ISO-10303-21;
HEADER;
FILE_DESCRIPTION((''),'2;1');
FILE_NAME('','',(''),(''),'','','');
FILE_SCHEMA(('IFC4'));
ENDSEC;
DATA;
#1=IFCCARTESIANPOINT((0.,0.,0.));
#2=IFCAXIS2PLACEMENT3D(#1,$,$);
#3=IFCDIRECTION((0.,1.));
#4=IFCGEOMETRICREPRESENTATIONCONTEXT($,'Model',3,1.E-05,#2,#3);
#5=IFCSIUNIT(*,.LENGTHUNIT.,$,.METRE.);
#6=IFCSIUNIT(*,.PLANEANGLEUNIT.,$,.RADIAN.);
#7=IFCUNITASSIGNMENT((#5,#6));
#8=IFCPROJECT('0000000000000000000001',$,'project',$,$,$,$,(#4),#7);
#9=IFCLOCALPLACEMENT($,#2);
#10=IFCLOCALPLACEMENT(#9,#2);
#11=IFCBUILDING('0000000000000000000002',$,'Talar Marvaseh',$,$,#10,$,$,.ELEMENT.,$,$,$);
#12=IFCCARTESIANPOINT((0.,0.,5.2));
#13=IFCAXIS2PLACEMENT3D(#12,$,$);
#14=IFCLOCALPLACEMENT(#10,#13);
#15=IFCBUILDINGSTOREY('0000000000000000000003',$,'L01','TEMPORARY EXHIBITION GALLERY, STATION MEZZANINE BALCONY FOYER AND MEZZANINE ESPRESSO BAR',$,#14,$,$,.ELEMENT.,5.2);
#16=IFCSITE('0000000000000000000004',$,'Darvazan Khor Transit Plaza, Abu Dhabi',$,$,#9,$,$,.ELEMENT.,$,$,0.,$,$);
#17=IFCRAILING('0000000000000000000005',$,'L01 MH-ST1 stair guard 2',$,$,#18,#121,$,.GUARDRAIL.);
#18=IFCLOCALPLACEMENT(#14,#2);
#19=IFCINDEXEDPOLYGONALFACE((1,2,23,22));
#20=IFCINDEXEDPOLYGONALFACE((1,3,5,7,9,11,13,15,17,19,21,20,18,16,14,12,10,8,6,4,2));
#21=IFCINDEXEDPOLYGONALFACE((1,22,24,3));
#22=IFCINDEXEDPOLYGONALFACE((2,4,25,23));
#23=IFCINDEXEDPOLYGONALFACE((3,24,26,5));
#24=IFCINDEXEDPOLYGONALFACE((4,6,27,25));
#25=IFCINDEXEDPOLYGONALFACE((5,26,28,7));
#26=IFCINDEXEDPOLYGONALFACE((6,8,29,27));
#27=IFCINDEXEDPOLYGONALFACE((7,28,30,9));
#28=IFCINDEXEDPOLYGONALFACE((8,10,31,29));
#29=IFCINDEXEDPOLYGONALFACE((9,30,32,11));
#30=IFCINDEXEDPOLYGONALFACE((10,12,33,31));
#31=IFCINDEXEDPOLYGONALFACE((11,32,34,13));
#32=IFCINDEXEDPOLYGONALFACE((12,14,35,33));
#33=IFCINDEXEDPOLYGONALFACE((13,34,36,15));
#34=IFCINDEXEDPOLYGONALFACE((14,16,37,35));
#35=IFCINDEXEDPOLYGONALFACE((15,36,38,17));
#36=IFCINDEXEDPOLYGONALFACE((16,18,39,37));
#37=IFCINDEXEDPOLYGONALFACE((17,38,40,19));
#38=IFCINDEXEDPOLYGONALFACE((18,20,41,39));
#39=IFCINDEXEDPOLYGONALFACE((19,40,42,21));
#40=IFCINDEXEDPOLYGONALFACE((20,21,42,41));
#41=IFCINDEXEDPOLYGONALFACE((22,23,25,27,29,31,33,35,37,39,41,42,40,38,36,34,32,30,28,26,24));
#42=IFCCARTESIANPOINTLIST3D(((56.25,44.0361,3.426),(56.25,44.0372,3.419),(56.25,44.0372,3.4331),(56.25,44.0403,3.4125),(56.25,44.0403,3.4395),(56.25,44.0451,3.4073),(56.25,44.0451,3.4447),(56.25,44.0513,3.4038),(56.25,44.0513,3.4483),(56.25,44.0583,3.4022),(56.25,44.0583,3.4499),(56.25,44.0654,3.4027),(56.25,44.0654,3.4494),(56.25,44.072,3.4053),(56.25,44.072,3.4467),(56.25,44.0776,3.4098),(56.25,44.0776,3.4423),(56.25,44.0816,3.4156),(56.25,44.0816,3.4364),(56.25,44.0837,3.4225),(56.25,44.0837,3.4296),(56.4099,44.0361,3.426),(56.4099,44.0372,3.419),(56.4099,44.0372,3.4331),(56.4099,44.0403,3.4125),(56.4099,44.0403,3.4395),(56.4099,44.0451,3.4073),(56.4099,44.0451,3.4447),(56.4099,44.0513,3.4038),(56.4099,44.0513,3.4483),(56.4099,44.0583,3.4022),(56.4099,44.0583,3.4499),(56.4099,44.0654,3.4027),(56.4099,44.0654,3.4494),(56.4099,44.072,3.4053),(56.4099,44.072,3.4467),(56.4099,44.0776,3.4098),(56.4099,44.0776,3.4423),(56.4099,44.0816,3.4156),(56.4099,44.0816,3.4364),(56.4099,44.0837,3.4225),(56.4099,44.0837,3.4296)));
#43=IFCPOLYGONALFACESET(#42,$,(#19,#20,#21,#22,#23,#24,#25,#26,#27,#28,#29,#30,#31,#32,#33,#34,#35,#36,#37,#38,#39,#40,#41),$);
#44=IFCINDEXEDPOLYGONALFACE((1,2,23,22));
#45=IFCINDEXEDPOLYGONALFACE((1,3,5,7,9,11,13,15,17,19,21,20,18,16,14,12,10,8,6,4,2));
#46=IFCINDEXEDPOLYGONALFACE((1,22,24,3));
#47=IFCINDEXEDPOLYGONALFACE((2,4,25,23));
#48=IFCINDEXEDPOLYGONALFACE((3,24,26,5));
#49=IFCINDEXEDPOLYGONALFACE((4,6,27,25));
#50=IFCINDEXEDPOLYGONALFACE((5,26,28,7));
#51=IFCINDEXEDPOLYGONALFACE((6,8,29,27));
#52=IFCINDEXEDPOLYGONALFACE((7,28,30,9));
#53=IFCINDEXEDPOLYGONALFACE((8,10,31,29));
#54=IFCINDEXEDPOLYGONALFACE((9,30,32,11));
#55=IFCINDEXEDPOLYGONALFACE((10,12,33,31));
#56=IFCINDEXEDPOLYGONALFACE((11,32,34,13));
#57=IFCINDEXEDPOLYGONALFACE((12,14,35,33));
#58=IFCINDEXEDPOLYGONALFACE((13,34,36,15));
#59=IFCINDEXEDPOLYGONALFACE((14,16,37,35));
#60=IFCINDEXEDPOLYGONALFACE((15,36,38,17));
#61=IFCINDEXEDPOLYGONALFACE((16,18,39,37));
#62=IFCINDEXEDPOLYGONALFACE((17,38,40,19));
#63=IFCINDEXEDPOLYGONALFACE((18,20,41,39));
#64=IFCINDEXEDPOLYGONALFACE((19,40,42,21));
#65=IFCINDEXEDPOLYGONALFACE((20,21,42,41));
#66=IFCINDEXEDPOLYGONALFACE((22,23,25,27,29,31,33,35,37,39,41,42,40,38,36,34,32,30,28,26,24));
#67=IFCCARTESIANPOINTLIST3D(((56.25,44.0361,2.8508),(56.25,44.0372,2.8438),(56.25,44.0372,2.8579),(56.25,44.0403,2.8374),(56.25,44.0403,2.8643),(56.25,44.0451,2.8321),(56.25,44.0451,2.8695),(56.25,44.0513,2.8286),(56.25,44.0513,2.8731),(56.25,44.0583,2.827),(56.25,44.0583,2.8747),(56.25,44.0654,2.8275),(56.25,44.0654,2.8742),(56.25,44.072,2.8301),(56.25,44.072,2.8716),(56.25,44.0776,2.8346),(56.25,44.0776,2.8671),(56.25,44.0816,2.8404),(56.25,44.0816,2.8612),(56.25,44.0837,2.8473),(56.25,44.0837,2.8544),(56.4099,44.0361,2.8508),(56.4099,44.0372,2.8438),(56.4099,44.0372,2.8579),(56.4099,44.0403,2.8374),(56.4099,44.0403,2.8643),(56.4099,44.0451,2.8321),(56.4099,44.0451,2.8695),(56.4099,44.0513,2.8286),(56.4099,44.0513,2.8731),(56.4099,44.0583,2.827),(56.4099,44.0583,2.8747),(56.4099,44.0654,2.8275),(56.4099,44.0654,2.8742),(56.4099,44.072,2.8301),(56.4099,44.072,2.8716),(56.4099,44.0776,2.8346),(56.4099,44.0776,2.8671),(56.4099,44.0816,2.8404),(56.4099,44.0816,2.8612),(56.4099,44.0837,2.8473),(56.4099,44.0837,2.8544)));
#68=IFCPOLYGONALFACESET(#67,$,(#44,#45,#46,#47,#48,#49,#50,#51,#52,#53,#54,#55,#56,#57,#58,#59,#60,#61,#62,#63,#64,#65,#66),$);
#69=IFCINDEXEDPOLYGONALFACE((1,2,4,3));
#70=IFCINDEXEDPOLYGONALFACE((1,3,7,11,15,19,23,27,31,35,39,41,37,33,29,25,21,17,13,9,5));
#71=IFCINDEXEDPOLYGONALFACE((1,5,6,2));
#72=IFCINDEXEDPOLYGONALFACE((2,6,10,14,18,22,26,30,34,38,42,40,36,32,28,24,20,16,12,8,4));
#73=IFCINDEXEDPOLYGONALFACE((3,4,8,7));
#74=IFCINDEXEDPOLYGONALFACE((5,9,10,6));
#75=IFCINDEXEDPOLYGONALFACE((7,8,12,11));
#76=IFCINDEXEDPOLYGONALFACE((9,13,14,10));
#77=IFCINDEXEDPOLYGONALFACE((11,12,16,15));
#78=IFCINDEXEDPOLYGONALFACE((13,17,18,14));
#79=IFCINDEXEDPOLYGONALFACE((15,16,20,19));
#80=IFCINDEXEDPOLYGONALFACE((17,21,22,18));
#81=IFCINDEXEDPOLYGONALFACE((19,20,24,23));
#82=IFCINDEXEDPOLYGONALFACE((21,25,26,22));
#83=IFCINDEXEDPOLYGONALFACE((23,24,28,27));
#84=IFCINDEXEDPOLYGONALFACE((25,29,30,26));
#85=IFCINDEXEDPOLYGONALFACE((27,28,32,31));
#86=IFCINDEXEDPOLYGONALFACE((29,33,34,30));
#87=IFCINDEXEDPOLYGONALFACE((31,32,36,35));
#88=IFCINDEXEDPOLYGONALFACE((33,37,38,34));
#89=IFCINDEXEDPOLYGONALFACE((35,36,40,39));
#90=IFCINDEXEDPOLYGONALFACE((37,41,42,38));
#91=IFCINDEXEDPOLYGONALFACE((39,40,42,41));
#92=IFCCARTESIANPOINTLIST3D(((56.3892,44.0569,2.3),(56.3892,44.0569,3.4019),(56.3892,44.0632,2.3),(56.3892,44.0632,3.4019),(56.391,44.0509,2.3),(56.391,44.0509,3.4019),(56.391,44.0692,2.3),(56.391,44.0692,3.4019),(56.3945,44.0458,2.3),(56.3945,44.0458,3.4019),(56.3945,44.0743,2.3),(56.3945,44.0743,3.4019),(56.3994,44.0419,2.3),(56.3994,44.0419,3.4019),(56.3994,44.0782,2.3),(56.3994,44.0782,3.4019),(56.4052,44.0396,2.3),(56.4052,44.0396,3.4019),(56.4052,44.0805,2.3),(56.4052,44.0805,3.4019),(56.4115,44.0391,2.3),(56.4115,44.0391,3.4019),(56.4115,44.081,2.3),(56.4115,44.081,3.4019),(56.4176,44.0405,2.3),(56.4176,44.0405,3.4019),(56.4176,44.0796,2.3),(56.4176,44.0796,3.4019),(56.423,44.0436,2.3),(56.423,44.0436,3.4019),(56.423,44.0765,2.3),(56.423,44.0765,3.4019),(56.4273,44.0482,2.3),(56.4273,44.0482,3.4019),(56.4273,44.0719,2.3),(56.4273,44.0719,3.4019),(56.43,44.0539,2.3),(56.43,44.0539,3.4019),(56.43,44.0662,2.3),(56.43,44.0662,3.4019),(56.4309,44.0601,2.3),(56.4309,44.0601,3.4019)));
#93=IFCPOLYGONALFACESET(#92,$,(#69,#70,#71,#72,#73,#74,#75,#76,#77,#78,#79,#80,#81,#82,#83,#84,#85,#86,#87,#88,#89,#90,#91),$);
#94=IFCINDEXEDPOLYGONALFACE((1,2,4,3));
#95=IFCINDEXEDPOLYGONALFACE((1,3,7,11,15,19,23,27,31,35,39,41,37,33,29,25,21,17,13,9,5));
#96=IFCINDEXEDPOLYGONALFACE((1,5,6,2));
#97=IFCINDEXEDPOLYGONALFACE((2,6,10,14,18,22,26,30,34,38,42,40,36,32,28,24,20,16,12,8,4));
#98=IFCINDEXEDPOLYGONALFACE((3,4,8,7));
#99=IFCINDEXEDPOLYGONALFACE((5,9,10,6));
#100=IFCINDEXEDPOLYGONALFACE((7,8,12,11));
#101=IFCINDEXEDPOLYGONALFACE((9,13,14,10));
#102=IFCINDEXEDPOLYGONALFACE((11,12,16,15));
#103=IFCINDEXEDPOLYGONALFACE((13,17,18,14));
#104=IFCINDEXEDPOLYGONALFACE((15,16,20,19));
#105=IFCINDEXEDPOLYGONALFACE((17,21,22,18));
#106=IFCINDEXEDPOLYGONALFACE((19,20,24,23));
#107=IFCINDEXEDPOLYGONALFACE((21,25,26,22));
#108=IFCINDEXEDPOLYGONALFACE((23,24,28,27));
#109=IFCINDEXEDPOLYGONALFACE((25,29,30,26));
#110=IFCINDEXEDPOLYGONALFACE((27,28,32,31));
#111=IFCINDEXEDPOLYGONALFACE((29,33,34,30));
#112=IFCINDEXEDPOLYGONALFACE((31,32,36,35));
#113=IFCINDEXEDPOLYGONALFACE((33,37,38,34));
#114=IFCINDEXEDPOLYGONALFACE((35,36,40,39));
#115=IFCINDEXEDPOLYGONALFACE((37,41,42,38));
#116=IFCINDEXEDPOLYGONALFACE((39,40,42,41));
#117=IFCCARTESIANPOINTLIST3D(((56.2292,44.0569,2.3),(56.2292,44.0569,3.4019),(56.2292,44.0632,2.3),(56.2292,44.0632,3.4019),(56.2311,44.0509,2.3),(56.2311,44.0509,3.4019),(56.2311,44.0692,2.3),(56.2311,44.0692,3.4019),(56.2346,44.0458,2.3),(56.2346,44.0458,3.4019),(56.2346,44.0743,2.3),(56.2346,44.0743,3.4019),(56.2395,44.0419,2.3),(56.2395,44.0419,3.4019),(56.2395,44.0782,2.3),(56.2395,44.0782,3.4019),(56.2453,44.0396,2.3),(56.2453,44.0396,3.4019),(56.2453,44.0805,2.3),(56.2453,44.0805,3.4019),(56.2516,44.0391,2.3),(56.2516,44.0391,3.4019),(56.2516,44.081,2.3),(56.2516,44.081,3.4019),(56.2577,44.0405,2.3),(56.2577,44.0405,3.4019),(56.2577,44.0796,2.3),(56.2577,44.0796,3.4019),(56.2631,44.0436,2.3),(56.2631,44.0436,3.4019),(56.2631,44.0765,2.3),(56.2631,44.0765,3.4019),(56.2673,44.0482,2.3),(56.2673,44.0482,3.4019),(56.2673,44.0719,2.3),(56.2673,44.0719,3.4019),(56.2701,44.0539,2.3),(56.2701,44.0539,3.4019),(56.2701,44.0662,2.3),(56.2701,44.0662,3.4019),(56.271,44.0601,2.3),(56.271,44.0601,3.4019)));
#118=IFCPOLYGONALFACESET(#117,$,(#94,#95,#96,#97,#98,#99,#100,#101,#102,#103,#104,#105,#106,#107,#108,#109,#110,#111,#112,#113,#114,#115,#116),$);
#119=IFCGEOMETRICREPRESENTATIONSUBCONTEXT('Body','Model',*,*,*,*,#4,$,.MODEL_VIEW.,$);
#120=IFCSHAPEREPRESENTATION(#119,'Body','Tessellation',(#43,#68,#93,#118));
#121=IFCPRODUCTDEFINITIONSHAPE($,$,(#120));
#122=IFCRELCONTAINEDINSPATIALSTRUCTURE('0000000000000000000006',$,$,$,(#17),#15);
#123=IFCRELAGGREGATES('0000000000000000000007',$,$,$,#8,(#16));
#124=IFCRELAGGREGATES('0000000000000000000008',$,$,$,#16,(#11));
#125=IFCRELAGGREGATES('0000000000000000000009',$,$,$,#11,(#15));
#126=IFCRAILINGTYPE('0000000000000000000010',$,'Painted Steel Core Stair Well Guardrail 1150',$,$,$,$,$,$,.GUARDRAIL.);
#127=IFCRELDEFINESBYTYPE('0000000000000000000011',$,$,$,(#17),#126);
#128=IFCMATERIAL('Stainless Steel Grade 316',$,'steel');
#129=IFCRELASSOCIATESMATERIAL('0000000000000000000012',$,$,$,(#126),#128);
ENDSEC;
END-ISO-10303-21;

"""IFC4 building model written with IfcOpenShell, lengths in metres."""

from ifc_helpers import new_model, si_unit, direction, frame, origin, origin_2d, place, context, subcontext, project, spatial, circle, extrude, material, type_object, element, save


model = new_model("IFC4")

# Units and contexts
model_context = context("Model", 3, precision=1e-05, world=origin(), true_north=direction((0.0, 1.0)))
body_context = subcontext(model_context, "Body", "Model", "MODEL_VIEW")
ifc_project = project(units=[si_unit("LENGTHUNIT", "METRE"), si_unit("PLANEANGLEUNIT", "RADIAN")], contexts=[model_context])

# Site, building, storey
site_placement = place(None, origin())
site = spatial("IfcSite", under=ifc_project, at=site_placement, Name="Darvazan Khor Transit Plaza, Abu Dhabi", CompositionType="ELEMENT", RefElevation=0.0)
building_placement = place(site_placement, origin())
building = spatial("IfcBuilding", under=site, at=building_placement, Name="Talar Marvaseh", CompositionType="ELEMENT")
storey_placement = place(building_placement, frame((0.0, 0.0, 5.2)))
storey = spatial("IfcBuildingStorey", under=building, at=storey_placement, Name="L01", Description="TEMPORARY EXHIBITION GALLERY, STATION MEZZANINE BALCONY FOYER AND MEZZANINE ESPRESSO BAR", CompositionType="ELEMENT", Elevation=5.2)

# Railing
ifc_material_1 = material(Name="Stainless Steel Grade 316", Category="steel")
railing_type_1 = type_object("IfcRailingType", Name="Painted Steel Core Stair Well Guardrail 1150", PredefinedType="GUARDRAIL", material=ifc_material_1)
railing_1_placement = place(storey_placement, frame((56.4099, 44.0601, 2.3)))
element("IfcRailing", 1, at=railing_1_placement, inside=storey, type_object=railing_type_1, Name="L01 MH-ST1 stair guard 2", PredefinedType="GUARDRAIL", context=body_context, shape_type="SweptSolid", body=[
    extrude(circle(Radius=0.0239, at=origin_2d()), frame((0.0, 0.0, 1.126), z_axis=(-1.0, 0.0, 0.0), x_axis=(0.0, -1.0, 0.0)), (0.0, 0.0, 1.0), 0.1599),
    extrude(circle(Radius=0.0239, at=origin_2d()), frame((0.0, 0.0, 0.5508), z_axis=(-1.0, 0.0, 0.0), x_axis=(0.0, -1.0, 0.0)), (0.0, 0.0, 1.0), 0.1599),
    extrude(circle(Radius=0.021, at=origin_2d()), origin(), (0.0, 0.0, 1.0), 1.1018),
    extrude(circle(Radius=0.021, at=origin_2d()), frame((-0.1599, 0.0, 0.0)), (0.0, 0.0, 1.0), 1.1018),
])

save(model, "model.ifc")
